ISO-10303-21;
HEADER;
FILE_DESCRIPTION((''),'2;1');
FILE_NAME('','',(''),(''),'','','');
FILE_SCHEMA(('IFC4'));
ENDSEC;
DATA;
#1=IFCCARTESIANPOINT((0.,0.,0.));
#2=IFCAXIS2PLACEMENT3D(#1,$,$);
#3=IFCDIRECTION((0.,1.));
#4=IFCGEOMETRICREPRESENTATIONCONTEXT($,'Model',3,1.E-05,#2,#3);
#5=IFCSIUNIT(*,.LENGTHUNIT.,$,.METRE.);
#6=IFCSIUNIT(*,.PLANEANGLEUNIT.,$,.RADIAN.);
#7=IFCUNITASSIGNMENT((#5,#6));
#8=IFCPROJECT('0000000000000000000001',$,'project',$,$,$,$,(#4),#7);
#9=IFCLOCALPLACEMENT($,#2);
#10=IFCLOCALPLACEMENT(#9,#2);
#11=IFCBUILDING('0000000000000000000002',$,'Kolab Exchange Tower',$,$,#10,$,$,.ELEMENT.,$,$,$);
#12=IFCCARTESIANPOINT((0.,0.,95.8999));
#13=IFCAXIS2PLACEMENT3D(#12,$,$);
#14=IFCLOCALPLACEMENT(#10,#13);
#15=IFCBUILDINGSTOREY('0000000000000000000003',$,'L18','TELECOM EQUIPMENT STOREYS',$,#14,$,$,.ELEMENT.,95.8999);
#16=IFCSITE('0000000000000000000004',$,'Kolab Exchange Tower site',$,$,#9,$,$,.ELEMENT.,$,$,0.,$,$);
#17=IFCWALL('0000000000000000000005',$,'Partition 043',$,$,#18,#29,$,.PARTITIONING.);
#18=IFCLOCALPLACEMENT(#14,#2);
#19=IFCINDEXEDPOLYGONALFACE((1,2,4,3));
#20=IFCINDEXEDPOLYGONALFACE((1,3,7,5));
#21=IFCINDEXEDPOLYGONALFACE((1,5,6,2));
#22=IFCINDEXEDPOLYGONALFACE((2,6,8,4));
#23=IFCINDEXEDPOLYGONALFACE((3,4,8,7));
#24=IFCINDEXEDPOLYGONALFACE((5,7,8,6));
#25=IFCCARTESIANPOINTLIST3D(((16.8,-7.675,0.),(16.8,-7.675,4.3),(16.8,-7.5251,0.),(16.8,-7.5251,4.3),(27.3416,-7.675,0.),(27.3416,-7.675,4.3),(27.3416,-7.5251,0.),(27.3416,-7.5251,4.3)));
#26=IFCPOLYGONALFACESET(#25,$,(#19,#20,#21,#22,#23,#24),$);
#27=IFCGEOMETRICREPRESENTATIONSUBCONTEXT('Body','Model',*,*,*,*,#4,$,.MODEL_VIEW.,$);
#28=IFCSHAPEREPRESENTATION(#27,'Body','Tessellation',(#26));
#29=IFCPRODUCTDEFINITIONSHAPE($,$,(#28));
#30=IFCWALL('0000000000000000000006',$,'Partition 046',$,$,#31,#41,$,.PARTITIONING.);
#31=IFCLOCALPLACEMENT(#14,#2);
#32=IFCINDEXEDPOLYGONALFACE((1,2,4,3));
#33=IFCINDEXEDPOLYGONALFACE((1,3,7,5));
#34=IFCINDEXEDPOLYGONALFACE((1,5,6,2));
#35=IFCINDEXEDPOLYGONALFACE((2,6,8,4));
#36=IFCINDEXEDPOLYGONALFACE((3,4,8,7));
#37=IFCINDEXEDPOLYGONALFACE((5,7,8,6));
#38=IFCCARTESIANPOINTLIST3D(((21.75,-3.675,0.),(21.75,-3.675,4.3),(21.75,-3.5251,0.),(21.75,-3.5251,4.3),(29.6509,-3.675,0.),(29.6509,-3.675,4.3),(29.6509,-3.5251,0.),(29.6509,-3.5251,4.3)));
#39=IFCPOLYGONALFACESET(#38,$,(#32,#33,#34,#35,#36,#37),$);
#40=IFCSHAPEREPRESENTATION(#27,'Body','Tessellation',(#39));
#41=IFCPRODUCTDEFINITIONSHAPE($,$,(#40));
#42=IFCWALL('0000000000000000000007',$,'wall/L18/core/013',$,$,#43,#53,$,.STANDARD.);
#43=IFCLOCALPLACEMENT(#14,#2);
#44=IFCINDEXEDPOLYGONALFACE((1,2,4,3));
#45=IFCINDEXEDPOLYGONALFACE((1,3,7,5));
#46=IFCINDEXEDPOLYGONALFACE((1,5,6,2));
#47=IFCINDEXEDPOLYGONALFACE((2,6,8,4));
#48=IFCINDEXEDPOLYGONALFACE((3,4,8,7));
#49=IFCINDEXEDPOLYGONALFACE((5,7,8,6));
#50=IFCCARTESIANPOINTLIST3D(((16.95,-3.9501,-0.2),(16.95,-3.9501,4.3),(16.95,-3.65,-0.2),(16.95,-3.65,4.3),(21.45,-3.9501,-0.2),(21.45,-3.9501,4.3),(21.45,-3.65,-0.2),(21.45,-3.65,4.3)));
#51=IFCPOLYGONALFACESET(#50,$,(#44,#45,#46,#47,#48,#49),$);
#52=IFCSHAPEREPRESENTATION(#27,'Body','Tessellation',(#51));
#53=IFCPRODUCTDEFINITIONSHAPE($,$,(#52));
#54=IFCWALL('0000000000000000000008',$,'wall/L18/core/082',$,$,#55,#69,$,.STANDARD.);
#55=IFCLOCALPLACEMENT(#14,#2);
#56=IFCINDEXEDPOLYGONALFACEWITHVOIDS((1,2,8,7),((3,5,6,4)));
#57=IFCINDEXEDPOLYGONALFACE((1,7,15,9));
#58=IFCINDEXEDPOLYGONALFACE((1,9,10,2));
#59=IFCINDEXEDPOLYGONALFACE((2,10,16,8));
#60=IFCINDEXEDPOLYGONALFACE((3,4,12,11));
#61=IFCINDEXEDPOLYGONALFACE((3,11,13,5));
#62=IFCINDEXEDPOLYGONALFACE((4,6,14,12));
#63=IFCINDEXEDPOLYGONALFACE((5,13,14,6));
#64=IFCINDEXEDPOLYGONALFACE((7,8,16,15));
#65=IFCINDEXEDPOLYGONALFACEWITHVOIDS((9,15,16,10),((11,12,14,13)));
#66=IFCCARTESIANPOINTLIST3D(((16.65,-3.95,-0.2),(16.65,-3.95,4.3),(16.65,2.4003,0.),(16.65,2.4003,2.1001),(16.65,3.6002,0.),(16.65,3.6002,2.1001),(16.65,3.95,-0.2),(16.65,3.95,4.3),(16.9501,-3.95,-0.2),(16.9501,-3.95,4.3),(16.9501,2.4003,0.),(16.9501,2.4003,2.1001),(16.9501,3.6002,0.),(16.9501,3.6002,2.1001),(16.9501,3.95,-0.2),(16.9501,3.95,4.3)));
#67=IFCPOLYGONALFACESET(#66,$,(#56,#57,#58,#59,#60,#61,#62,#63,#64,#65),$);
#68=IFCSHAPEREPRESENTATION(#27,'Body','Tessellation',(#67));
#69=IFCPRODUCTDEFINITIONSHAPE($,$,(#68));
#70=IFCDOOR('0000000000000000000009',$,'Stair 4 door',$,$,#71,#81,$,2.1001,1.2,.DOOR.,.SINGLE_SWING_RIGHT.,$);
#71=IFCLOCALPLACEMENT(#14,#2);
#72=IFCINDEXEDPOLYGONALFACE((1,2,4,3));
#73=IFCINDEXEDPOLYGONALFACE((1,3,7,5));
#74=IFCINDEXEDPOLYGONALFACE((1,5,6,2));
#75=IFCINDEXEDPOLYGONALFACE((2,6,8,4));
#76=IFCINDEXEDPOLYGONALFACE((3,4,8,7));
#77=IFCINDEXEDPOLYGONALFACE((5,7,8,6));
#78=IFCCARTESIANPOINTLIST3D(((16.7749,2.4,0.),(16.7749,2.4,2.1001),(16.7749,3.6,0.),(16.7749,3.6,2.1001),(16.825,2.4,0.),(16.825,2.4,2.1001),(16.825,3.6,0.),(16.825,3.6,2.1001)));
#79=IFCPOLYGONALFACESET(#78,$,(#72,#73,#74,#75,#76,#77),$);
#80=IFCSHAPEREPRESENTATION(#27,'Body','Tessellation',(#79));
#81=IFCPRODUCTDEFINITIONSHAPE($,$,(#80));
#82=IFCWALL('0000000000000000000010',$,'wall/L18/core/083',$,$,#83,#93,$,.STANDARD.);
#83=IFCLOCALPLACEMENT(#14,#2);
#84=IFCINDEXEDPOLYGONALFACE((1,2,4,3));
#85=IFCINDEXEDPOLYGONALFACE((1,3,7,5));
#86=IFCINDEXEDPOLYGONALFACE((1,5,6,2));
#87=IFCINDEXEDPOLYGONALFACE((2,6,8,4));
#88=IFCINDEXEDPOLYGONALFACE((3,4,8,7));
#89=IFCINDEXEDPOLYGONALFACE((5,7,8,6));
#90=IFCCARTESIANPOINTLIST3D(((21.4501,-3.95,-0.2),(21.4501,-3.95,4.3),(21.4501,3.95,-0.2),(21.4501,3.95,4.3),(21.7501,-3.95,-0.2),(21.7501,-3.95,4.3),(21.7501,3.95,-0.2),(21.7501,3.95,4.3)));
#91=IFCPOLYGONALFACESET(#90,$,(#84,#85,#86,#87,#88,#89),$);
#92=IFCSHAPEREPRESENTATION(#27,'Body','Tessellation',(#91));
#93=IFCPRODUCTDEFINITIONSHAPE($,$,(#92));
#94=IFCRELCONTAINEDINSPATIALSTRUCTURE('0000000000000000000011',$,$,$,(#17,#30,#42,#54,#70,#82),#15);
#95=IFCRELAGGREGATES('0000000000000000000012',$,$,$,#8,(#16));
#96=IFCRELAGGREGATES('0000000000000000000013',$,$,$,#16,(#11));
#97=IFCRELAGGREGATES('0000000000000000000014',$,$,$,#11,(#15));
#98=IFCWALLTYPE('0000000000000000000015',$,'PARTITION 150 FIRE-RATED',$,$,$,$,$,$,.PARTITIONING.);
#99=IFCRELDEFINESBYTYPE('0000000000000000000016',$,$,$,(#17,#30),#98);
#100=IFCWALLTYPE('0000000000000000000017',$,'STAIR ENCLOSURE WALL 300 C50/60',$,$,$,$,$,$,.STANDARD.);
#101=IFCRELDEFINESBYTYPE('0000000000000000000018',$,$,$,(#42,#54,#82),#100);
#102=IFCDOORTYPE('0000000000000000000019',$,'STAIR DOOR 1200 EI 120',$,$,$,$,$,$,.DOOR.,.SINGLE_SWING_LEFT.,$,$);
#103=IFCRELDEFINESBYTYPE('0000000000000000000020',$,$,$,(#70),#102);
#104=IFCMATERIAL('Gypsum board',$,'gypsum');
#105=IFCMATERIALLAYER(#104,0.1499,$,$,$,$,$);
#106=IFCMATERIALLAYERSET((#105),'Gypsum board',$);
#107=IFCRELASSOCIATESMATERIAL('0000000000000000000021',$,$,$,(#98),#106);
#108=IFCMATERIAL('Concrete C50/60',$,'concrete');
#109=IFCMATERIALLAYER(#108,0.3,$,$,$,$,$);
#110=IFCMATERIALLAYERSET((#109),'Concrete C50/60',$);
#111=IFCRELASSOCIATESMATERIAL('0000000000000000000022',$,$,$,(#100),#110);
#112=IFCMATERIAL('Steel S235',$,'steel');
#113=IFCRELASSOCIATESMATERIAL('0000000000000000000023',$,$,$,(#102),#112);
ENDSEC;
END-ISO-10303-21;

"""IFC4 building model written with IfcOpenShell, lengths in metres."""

from ifc_helpers import new_model, si_unit, direction, frame, frame_2d, origin, place, context, subcontext, project, spatial, rectangle, extrude, material, layer, layer_set, type_object, element, fill, save


model = new_model("IFC4")

# Units and contexts
model_context = context("Model", 3, precision=1e-05, world=origin(), true_north=direction((0.0, 1.0)))
body_context = subcontext(model_context, "Body", "Model", "MODEL_VIEW")
ifc_project = project(units=[si_unit("LENGTHUNIT", "METRE"), si_unit("PLANEANGLEUNIT", "RADIAN")], contexts=[model_context])

# Site, building, storey
site_placement = place(None, origin())
site = spatial("IfcSite", under=ifc_project, at=site_placement, Name="Kolab Exchange Tower site", CompositionType="ELEMENT", RefElevation=0.0)
building_placement = place(site_placement, origin())
building = spatial("IfcBuilding", under=site, at=building_placement, Name="Kolab Exchange Tower", CompositionType="ELEMENT")
storey_placement = place(building_placement, frame((0.0, 0.0, 95.8999)))
storey = spatial("IfcBuildingStorey", under=building, at=storey_placement, Name="L18", Description="TELECOM EQUIPMENT STOREYS", CompositionType="ELEMENT", Elevation=95.8999)

# Walls
ifc_material_1 = material(Name="Gypsum board", Category="gypsum")
ifc_layer_1 = layer(ifc_material_1, 0.1499)
ifc_layer_set_1 = layer_set([ifc_layer_1], Name="Gypsum board")
wall_type_1 = type_object("IfcWallType", Name="PARTITION 150 FIRE-RATED", PredefinedType="PARTITIONING", material=ifc_layer_set_1)
wall_1_placement = place(storey_placement, frame((16.8, -7.6001, 0.0), z_axis=(0.0, 0.0, 1.0), x_axis=(1.0, 0.0, 0.0)))
element("IfcWall", 1, at=wall_1_placement, inside=storey, type_object=wall_type_1, Name="Partition 043", PredefinedType="PARTITIONING", context=body_context, shape_type="SweptSolid", body=[
    extrude(rectangle(XDim=10.5415, YDim=0.1499, at=frame_2d((5.2708, 0.0))), origin(), (0.0, 0.0, 1.0), 4.3),
])
wall_2_placement = place(storey_placement, frame((21.75, -3.6001, 0.0), z_axis=(0.0, 0.0, 1.0), x_axis=(1.0, 0.0, 0.0)))
element("IfcWall", 2, at=wall_2_placement, inside=storey, type_object=wall_type_1, Name="Partition 046", PredefinedType="PARTITIONING", context=body_context, shape_type="SweptSolid", body=[
    extrude(rectangle(XDim=7.9009, YDim=0.1499, at=frame_2d((3.9504, 0.0))), origin(), (0.0, 0.0, 1.0), 4.3),
])
ifc_material_2 = material(Name="Concrete C50/60", Category="concrete")
ifc_layer_2 = layer(ifc_material_2, 0.3)
ifc_layer_set_2 = layer_set([ifc_layer_2], Name="Concrete C50/60")
wall_type_2 = type_object("IfcWallType", Name="STAIR ENCLOSURE WALL 300 C50/60", PredefinedType="STANDARD", material=ifc_layer_set_2)
wall_3_placement = place(storey_placement, frame((16.95, -3.8, -0.2), z_axis=(0.0, 0.0, 1.0), x_axis=(1.0, 0.0, 0.0)))
element("IfcWall", 3, at=wall_3_placement, inside=storey, type_object=wall_type_2, Name="wall/L18/core/013", PredefinedType="STANDARD", context=body_context, shape_type="SweptSolid", body=[
    extrude(rectangle(XDim=4.5, YDim=0.3, at=frame_2d((2.25, 0.0))), origin(), (0.0, 0.0, 1.0), 4.5),
])

# Wall, opening, door
wall_4_placement = place(storey_placement, frame((16.8, -3.95, -0.2), z_axis=(0.0, 0.0, 1.0), x_axis=(0.0, 1.0, 0.0)))
wall_4 = element("IfcWall", 4, at=wall_4_placement, inside=storey, type_object=wall_type_2, Name="wall/L18/core/082", PredefinedType="STANDARD", context=body_context, shape_type="SweptSolid", body=[
    extrude(rectangle(XDim=7.8999, YDim=0.3, at=frame_2d((3.95, 0.0))), origin(), (0.0, 0.0, 1.0), 4.5),
])
opening_1_placement = place(wall_4_placement, frame((6.3501, 0.0, 0.2)))
opening_1 = element("IfcOpeningElement", 5, at=opening_1_placement, cuts=wall_4, PredefinedType="OPENING", context=body_context, shape_type="SweptSolid", body=[
    extrude(rectangle(XDim=1.2, YDim=2.1001, at=frame_2d((0.6001, 1.05))), frame((0.0, 0.1602, 0.0), z_axis=(0.0, -1.0, 0.0), x_axis=(1.0, 0.0, 0.0)), (0.0, 0.0, 1.0), 0.3201),
])
ifc_material_3 = material(Name="Steel S235", Category="steel")
door_type_1 = type_object("IfcDoorType", Name="STAIR DOOR 1200 EI 120", OperationType="SINGLE_SWING_LEFT", PredefinedType="DOOR", material=ifc_material_3)
door_1_placement = place(opening_1_placement, frame((1.2, 0.0, 0.0), z_axis=(0.0, 0.0, 1.0), x_axis=(-1.0, 0.0, 0.0)))
door_1 = element("IfcDoor", 6, at=door_1_placement, inside=storey, type_object=door_type_1, Name="Stair 4 door", OperationType="SINGLE_SWING_RIGHT", OverallHeight=2.1001, OverallWidth=1.2, PredefinedType="DOOR", context=body_context, shape_type="SweptSolid", body=[
    extrude(rectangle(XDim=1.2, YDim=2.1001, at=frame_2d((0.6001, 1.05))), frame((0.0, 0.0249, 0.0), z_axis=(0.0, -1.0, 0.0), x_axis=(1.0, 0.0, 0.0)), (0.0, 0.0, 1.0), 0.05),
])
fill(opening_1, door_1)

# Wall
wall_5_placement = place(storey_placement, frame((21.6001, -3.95, -0.2), z_axis=(0.0, 0.0, 1.0), x_axis=(0.0, 1.0, 0.0)))
element("IfcWall", 7, at=wall_5_placement, inside=storey, type_object=wall_type_2, Name="wall/L18/core/083", PredefinedType="STANDARD", context=body_context, shape_type="SweptSolid", body=[
    extrude(rectangle(XDim=7.8999, YDim=0.3, at=frame_2d((3.95, 0.0))), origin(), (0.0, 0.0, 1.0), 4.5),
])

save(model, "model.ifc")
